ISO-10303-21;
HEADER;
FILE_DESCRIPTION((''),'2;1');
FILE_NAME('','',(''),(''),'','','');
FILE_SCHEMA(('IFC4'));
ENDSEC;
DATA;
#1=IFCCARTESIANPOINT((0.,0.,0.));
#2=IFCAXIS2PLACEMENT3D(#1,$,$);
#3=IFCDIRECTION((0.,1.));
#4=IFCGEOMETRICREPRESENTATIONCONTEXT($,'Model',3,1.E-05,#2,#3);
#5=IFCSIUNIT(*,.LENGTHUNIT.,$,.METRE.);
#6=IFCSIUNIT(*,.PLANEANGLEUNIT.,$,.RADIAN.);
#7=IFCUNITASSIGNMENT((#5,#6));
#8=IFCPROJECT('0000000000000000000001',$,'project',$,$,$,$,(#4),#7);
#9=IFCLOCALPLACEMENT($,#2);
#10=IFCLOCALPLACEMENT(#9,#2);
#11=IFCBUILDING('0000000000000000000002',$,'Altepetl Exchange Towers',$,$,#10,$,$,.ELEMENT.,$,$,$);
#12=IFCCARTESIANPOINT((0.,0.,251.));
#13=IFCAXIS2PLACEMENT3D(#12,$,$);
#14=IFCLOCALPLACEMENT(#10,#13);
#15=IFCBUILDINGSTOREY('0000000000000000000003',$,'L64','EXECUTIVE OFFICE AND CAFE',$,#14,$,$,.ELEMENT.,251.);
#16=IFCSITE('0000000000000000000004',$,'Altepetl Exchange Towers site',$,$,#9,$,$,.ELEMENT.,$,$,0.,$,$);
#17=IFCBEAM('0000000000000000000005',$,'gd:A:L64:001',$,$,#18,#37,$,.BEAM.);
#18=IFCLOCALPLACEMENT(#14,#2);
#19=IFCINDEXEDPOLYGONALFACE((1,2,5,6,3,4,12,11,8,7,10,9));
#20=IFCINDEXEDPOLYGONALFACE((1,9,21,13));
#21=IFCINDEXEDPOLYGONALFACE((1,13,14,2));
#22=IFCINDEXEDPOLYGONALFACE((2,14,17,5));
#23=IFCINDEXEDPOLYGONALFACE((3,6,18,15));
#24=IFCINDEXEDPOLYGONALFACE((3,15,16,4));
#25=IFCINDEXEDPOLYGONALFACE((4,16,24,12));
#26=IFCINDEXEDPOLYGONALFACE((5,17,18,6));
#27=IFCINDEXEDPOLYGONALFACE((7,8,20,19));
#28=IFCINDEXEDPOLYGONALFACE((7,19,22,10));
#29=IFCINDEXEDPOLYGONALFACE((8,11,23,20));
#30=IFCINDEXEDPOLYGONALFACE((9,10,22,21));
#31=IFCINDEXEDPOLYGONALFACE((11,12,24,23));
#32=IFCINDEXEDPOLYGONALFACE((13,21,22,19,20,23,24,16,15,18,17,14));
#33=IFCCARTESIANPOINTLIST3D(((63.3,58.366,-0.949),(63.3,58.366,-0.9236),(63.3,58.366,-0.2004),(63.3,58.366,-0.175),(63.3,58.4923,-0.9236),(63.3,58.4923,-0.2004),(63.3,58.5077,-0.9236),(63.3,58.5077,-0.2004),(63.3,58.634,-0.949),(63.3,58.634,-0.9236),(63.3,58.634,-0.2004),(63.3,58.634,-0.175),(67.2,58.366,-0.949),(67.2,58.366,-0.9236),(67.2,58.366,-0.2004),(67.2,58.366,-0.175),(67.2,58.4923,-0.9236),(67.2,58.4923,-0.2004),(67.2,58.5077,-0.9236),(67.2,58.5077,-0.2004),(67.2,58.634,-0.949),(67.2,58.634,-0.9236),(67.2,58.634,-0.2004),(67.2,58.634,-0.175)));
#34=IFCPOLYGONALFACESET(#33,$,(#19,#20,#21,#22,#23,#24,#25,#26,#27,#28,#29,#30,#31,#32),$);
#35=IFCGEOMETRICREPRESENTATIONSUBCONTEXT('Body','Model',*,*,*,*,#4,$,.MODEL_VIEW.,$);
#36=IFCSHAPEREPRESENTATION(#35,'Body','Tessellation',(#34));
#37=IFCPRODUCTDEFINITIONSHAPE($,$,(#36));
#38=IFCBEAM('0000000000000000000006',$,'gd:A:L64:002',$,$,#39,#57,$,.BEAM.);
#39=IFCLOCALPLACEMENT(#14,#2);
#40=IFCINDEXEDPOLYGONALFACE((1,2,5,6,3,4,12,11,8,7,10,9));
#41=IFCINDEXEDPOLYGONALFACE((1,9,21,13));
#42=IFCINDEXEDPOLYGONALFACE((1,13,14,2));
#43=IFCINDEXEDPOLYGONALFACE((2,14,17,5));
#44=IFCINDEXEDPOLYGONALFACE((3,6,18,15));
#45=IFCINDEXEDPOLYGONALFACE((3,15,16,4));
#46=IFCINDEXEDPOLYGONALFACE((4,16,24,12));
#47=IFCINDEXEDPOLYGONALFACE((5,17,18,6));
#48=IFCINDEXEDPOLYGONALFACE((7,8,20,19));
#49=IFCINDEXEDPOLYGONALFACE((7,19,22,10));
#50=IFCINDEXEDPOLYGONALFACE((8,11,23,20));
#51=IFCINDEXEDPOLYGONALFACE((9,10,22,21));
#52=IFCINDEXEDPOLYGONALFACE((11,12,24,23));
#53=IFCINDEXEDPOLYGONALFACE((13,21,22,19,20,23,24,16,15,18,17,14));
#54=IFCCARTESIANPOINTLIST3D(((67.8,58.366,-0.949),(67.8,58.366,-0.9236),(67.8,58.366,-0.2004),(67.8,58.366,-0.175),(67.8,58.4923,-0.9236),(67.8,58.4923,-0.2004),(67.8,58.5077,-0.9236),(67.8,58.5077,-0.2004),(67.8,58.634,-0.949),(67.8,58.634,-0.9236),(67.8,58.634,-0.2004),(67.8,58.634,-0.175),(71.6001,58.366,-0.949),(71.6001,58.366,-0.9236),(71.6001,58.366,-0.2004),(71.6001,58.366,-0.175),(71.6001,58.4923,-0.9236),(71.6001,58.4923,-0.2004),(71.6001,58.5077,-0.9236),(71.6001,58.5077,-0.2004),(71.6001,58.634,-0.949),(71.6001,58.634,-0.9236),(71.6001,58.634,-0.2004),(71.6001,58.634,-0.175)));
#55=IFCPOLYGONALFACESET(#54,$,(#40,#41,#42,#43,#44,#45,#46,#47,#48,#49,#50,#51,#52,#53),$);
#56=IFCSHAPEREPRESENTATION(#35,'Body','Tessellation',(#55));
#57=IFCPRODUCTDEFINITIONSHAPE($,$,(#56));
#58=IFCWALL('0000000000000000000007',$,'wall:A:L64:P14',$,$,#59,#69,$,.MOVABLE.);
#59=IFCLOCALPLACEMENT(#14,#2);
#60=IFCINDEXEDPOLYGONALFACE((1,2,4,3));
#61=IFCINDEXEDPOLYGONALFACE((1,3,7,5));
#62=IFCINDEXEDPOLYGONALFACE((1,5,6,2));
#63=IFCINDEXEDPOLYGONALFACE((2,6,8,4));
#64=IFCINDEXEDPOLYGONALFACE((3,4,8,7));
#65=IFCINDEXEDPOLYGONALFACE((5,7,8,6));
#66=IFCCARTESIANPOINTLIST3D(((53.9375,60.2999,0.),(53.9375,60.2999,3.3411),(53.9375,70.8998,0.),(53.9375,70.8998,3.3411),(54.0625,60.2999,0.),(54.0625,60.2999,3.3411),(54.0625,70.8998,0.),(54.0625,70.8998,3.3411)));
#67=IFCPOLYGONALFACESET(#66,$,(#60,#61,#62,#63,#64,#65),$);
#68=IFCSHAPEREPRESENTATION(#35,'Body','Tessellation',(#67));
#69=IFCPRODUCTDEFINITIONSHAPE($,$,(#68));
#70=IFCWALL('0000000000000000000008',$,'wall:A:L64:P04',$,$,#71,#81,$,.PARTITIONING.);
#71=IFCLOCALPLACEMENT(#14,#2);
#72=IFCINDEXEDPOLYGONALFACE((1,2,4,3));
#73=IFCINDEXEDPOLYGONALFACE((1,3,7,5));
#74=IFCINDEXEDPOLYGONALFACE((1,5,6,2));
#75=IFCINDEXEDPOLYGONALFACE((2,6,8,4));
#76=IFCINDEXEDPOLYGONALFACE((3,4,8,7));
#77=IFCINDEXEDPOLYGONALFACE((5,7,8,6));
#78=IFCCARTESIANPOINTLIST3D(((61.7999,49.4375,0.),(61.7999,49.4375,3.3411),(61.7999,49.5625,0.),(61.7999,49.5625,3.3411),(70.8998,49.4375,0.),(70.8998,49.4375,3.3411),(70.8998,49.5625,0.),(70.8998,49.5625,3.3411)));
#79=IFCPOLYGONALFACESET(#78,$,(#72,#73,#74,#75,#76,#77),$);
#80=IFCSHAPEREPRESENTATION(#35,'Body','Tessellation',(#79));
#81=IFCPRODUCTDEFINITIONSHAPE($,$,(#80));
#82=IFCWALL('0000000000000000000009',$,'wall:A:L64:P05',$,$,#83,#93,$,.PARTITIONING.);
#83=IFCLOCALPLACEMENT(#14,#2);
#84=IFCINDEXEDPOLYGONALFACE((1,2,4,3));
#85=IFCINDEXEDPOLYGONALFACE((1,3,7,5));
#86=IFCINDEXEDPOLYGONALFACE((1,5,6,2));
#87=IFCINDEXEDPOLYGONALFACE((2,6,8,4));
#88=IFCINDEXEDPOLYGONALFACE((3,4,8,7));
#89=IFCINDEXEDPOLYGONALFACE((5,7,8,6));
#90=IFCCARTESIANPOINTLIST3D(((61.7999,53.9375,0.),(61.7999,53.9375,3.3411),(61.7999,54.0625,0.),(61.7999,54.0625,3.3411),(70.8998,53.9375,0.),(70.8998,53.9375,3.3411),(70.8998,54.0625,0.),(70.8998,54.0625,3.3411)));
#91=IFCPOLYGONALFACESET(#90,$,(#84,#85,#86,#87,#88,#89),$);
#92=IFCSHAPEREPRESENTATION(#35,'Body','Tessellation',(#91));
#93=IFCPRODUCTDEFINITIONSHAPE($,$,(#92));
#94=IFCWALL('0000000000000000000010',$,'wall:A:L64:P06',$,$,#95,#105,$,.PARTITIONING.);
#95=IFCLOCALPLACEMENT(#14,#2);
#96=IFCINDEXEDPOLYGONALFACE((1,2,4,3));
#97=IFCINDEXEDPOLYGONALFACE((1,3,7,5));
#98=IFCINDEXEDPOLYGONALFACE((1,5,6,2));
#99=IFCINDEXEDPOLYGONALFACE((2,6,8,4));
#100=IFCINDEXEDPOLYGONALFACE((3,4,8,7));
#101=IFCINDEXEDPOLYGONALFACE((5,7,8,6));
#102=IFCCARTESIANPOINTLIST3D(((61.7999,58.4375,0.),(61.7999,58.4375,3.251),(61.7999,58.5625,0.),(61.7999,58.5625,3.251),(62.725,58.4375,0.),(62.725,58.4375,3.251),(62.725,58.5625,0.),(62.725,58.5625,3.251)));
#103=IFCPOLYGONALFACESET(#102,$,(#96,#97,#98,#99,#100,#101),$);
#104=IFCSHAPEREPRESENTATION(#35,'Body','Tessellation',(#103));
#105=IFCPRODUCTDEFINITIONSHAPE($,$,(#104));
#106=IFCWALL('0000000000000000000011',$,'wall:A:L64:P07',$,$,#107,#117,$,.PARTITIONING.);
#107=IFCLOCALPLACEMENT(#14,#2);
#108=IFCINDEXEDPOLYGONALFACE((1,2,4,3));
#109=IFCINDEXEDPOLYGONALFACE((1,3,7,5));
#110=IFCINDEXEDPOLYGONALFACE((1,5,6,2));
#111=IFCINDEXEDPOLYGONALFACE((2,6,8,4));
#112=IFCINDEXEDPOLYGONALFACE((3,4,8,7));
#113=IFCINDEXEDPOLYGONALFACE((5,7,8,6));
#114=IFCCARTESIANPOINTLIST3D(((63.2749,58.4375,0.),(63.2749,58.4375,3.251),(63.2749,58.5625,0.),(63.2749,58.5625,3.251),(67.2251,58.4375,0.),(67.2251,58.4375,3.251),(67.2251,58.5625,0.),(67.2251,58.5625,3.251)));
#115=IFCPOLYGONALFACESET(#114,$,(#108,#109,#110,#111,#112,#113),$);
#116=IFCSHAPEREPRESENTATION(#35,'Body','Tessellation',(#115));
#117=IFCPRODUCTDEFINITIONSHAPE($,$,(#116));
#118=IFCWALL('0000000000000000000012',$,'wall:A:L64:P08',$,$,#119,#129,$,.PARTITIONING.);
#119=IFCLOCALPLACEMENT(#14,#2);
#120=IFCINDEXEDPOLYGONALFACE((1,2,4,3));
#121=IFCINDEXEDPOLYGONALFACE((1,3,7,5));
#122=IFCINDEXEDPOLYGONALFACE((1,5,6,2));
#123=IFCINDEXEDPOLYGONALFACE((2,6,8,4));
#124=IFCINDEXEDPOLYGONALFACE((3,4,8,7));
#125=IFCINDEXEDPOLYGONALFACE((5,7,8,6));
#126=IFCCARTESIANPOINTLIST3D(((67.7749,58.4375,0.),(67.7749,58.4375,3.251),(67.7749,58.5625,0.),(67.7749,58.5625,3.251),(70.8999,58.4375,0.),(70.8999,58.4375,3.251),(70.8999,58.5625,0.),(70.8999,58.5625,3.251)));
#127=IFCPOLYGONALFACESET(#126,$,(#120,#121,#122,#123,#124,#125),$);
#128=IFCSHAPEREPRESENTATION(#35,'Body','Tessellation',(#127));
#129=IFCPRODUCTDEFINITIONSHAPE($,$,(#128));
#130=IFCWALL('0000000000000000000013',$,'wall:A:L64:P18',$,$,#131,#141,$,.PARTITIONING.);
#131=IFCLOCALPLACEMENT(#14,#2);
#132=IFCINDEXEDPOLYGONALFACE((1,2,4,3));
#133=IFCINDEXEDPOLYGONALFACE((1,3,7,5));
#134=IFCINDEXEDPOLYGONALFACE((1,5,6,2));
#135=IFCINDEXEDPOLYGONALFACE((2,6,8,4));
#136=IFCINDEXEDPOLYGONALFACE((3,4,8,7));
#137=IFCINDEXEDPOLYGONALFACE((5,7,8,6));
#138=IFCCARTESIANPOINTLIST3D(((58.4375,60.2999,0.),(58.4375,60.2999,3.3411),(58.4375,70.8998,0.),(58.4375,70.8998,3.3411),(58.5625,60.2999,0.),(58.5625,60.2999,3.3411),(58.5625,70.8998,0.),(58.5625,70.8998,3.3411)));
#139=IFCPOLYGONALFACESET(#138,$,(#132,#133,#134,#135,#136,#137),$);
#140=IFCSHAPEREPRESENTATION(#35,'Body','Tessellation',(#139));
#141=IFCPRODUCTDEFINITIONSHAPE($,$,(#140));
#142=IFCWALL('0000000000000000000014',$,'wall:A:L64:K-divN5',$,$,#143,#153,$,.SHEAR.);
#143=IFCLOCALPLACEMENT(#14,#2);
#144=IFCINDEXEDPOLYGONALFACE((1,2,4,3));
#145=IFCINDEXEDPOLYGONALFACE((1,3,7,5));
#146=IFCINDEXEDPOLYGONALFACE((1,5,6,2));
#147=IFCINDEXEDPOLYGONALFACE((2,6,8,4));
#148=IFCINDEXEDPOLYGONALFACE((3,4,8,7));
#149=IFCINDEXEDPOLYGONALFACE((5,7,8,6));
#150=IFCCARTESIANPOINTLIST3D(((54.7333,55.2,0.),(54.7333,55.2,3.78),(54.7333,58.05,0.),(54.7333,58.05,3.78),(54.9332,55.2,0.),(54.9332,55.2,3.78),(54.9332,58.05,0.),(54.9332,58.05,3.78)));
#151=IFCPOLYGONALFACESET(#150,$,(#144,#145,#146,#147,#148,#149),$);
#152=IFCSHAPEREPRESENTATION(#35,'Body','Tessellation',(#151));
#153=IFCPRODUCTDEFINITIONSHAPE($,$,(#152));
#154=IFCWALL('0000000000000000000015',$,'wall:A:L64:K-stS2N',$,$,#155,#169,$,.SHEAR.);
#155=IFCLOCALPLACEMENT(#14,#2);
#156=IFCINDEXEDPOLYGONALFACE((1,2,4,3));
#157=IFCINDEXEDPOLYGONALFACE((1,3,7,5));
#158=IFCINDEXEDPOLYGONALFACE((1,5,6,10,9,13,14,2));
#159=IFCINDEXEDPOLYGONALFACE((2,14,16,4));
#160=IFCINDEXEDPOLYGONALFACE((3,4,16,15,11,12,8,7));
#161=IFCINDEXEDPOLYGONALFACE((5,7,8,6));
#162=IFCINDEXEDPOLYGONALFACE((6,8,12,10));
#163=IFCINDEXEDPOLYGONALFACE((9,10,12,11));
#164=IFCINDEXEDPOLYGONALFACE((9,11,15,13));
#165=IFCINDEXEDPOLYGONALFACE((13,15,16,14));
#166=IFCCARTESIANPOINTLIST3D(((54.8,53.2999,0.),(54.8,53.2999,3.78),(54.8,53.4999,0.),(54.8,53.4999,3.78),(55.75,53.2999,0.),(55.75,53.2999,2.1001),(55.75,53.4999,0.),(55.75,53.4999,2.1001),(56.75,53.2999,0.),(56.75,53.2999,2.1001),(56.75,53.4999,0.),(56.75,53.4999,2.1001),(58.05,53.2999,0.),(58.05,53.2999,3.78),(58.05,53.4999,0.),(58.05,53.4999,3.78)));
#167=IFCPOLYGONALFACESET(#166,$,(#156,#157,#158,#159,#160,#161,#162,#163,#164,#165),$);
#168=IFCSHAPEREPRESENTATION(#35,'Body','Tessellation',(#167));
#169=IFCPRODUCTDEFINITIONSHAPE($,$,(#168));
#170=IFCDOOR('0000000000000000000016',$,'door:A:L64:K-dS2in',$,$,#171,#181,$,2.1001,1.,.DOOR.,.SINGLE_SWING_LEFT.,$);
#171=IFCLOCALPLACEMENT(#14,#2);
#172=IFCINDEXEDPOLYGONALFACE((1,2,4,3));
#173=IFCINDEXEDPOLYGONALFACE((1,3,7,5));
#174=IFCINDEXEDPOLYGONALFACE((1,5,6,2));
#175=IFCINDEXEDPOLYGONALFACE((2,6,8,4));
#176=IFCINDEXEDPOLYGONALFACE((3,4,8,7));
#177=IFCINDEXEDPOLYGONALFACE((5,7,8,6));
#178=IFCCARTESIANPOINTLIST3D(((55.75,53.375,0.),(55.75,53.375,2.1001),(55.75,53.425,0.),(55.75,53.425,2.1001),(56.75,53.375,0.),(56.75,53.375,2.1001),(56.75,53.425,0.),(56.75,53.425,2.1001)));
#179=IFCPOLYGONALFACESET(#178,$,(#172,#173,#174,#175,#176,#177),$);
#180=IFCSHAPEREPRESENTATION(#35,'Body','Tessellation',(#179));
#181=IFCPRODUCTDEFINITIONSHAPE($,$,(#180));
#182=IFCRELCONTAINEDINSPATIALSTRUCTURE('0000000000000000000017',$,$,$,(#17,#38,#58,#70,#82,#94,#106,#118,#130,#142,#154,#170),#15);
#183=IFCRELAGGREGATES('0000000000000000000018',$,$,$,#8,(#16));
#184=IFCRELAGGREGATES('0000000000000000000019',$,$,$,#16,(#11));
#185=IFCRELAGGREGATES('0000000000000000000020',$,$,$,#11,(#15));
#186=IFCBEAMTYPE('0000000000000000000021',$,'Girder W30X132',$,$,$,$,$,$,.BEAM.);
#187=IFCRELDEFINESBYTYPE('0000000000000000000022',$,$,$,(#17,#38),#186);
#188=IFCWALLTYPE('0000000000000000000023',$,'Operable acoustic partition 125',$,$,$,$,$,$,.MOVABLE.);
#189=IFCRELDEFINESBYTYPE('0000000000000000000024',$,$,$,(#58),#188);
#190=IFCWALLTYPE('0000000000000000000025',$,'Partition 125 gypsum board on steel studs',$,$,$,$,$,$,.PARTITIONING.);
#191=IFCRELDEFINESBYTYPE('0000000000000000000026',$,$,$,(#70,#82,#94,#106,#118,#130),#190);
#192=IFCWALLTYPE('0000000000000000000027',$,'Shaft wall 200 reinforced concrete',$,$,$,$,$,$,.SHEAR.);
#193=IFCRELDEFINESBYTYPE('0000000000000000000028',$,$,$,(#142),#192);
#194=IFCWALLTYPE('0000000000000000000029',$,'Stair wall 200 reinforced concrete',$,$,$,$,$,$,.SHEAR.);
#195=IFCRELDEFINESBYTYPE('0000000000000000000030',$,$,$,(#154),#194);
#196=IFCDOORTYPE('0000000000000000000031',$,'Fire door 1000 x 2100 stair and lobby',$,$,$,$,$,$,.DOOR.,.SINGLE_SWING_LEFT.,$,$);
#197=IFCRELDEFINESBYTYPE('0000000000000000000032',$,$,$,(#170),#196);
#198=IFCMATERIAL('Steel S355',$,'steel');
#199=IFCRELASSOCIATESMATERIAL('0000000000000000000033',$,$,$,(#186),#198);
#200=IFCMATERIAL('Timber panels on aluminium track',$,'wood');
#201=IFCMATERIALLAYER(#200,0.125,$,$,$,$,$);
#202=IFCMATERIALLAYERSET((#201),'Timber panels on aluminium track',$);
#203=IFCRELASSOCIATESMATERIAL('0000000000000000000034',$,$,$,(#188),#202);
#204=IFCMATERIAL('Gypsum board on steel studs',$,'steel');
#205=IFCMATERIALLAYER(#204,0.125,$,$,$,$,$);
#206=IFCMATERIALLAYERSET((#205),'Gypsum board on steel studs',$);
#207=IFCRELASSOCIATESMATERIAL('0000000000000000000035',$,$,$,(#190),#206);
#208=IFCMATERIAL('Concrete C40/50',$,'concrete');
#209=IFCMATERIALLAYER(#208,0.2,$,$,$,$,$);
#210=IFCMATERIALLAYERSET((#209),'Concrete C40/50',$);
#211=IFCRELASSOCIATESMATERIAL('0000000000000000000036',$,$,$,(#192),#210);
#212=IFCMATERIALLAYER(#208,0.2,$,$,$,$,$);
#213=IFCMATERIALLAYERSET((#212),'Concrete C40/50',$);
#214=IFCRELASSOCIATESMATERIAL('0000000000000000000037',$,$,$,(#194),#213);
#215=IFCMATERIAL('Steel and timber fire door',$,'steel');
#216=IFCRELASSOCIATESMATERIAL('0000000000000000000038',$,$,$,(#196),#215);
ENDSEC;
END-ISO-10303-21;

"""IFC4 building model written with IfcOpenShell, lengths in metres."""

from ifc_helpers import new_model, si_unit, direction, frame, frame_2d, origin, origin_2d, place, context, subcontext, project, spatial, rectangle, i_section, extrude, material, layer, layer_set, material_profile, profile_set, type_object, element, fill, save


model = new_model("IFC4")

# Units and contexts
model_context = context("Model", 3, precision=1e-05, world=origin(), true_north=direction((0.0, 1.0)))
body_context = subcontext(model_context, "Body", "Model", "MODEL_VIEW")
ifc_project = project(units=[si_unit("LENGTHUNIT", "METRE"), si_unit("PLANEANGLEUNIT", "RADIAN")], contexts=[model_context])

# Site, building, storey
site_placement = place(None, origin())
site = spatial("IfcSite", under=ifc_project, at=site_placement, Name="Altepetl Exchange Towers site", CompositionType="ELEMENT", RefElevation=0.0)
building_placement = place(site_placement, origin())
building = spatial("IfcBuilding", under=site, at=building_placement, Name="Altepetl Exchange Towers", CompositionType="ELEMENT")
storey_placement = place(building_placement, frame((0.0, 0.0, 251.0)))
storey = spatial("IfcBuildingStorey", under=building, at=storey_placement, Name="L64", Description="EXECUTIVE OFFICE AND CAFE", CompositionType="ELEMENT", Elevation=251.0)

# Beams
ifc_material_1 = material(Name="Steel S355", Category="steel")
ifc_material_profile_1 = material_profile(ifc_material_1, i_section(OverallWidth=0.2681, OverallDepth=0.7739, WebThickness=0.0154, FlangeThickness=0.0254, at=origin_2d()), Name="W30X132")
ifc_profile_set_1 = profile_set([ifc_material_profile_1], Name="Steel S355")
beam_type_1 = type_object("IfcBeamType", Name="Girder W30X132", PredefinedType="BEAM", material=ifc_profile_set_1)
beam_1_placement = place(storey_placement, frame((63.3, 58.5, -0.562), z_axis=(1.0, 0.0, 0.0), x_axis=(0.0, 1.0, 0.0)))
element("IfcBeam", 1, at=beam_1_placement, inside=storey, type_object=beam_type_1, Name="gd:A:L64:001", PredefinedType="BEAM", context=body_context, shape_type="SweptSolid", body=[
    extrude(i_section(OverallWidth=0.2681, OverallDepth=0.7739, WebThickness=0.0154, FlangeThickness=0.0254, at=origin_2d()), origin(), (0.0, 0.0, 1.0), 3.8999),
])
beam_2_placement = place(storey_placement, frame((67.8, 58.5, -0.562), z_axis=(1.0, 0.0, 0.0), x_axis=(0.0, 1.0, 0.0)))
element("IfcBeam", 2, at=beam_2_placement, inside=storey, type_object=beam_type_1, Name="gd:A:L64:002", PredefinedType="BEAM", context=body_context, shape_type="SweptSolid", body=[
    extrude(i_section(OverallWidth=0.2681, OverallDepth=0.7739, WebThickness=0.0154, FlangeThickness=0.0254, at=origin_2d()), origin(), (0.0, 0.0, 1.0), 3.8),
])

# Walls
ifc_material_2 = material(Name="Timber panels on aluminium track", Category="wood")
ifc_layer_1 = layer(ifc_material_2, 0.125)
ifc_layer_set_1 = layer_set([ifc_layer_1], Name="Timber panels on aluminium track")
wall_type_1 = type_object("IfcWallType", Name="Operable acoustic partition 125", PredefinedType="MOVABLE", material=ifc_layer_set_1)
wall_1_placement = place(storey_placement, frame((54.0, 60.3, 0.0), z_axis=(0.0, 0.0, 1.0), x_axis=(0.0, 1.0, 0.0)))
element("IfcWall", 3, at=wall_1_placement, inside=storey, type_object=wall_type_1, Name="wall:A:L64:P14", PredefinedType="MOVABLE", context=body_context, shape_type="SweptSolid", body=[
    extrude(rectangle(XDim=10.5999, YDim=0.125, at=frame_2d((5.2998, 0.0))), origin(), (0.0, 0.0, 1.0), 3.3411),
])
ifc_material_3 = material(Name="Gypsum board on steel studs", Category="steel")
ifc_layer_2 = layer(ifc_material_3, 0.125)
ifc_layer_set_2 = layer_set([ifc_layer_2], Name="Gypsum board on steel studs")
wall_type_2 = type_object("IfcWallType", Name="Partition 125 gypsum board on steel studs", PredefinedType="PARTITIONING", material=ifc_layer_set_2)
for number, where, name in (
    (4, (61.8, 49.5, 0.0), "wall:A:L64:P04"),
    (5, (61.8, 54.0, 0.0), "wall:A:L64:P05"),
):
    element("IfcWall", number, at=place(storey_placement, frame(where)), inside=storey, type_object=wall_type_2, Name=name, PredefinedType="PARTITIONING", context=body_context, shape_type="SweptSolid", body=[
        extrude(rectangle(XDim=9.0999, YDim=0.125, at=frame_2d((4.5498, 0.0))), origin(), (0.0, 0.0, 1.0), 3.3411),
    ])
wall_2_placement = place(storey_placement, frame((61.8, 58.5, 0.0)))
element("IfcWall", 6, at=wall_2_placement, inside=storey, type_object=wall_type_2, Name="wall:A:L64:P06", PredefinedType="PARTITIONING", context=body_context, shape_type="SweptSolid", body=[
    extrude(rectangle(XDim=0.925, YDim=0.125, at=frame_2d((0.4624, 0.0))), origin(), (0.0, 0.0, 1.0), 3.251),
])
wall_3_placement = place(storey_placement, frame((63.2749, 58.5, 0.0)))
element("IfcWall", 7, at=wall_3_placement, inside=storey, type_object=wall_type_2, Name="wall:A:L64:P07", PredefinedType="PARTITIONING", context=body_context, shape_type="SweptSolid", body=[
    extrude(rectangle(XDim=3.9502, YDim=0.125, at=frame_2d((1.9751, 0.0))), origin(), (0.0, 0.0, 1.0), 3.251),
])
wall_4_placement = place(storey_placement, frame((67.7749, 58.5, 0.0)))
element("IfcWall", 8, at=wall_4_placement, inside=storey, type_object=wall_type_2, Name="wall:A:L64:P08", PredefinedType="PARTITIONING", context=body_context, shape_type="SweptSolid", body=[
    extrude(rectangle(XDim=3.125, YDim=0.125, at=frame_2d((1.5625, 0.0))), origin(), (0.0, 0.0, 1.0), 3.251),
])
wall_5_placement = place(storey_placement, frame((58.5, 60.3, 0.0), z_axis=(0.0, 0.0, 1.0), x_axis=(0.0, 1.0, 0.0)))
element("IfcWall", 9, at=wall_5_placement, inside=storey, type_object=wall_type_2, Name="wall:A:L64:P18", PredefinedType="PARTITIONING", context=body_context, shape_type="SweptSolid", body=[
    extrude(rectangle(XDim=10.5999, YDim=0.125, at=frame_2d((5.2998, 0.0))), origin(), (0.0, 0.0, 1.0), 3.3411),
])
ifc_material_4 = material(Name="Concrete C40/50", Category="concrete")
ifc_layer_3 = layer(ifc_material_4, 0.2)
ifc_layer_set_3 = layer_set([ifc_layer_3], Name="Concrete C40/50")
wall_type_3 = type_object("IfcWallType", Name="Shaft wall 200 reinforced concrete", PredefinedType="SHEAR", material=ifc_layer_set_3)
wall_6_placement = place(storey_placement, frame((54.8333, 58.05, 0.0), z_axis=(0.0, 0.0, 1.0), x_axis=(0.0, -1.0, 0.0)))
element("IfcWall", 10, at=wall_6_placement, inside=storey, type_object=wall_type_3, Name="wall:A:L64:K-divN5", PredefinedType="SHEAR", context=body_context, shape_type="SweptSolid", body=[
    extrude(rectangle(XDim=2.8501, YDim=0.2, at=frame_2d((1.425, 0.0))), origin(), (0.0, 0.0, 1.0), 3.78),
])

# Wall, opening, door
ifc_layer_4 = layer(ifc_material_4, 0.2)
ifc_layer_set_4 = layer_set([ifc_layer_4], Name="Concrete C40/50")
wall_type_4 = type_object("IfcWallType", Name="Stair wall 200 reinforced concrete", PredefinedType="SHEAR", material=ifc_layer_set_4)
wall_7_placement = place(storey_placement, frame((54.8, 53.3999, 0.0)))
wall_7 = element("IfcWall", 11, at=wall_7_placement, inside=storey, type_object=wall_type_4, Name="wall:A:L64:K-stS2N", PredefinedType="SHEAR", context=body_context, shape_type="SweptSolid", body=[
    extrude(rectangle(XDim=3.25, YDim=0.2, at=frame_2d((1.625, 0.0))), origin(), (0.0, 0.0, 1.0), 3.78),
])
opening_placement = place(wall_7_placement, frame((0.95, 0.0, 0.0)))
opening = element("IfcOpeningElement", 12, at=opening_placement, cuts=wall_7, PredefinedType="OPENING", context=body_context, shape_type="SweptSolid", body=[
    extrude(rectangle(XDim=1.0, YDim=2.1001, at=frame_2d((0.5, 1.05))), frame((0.0, 0.1099, 0.0), z_axis=(0.0, -1.0, 0.0), x_axis=(1.0, 0.0, 0.0)), (0.0, 0.0, 1.0), 0.22),
])
ifc_material_5 = material(Name="Steel and timber fire door", Category="steel")
door_type = type_object("IfcDoorType", Name="Fire door 1000 x 2100 stair and lobby", OperationType="SINGLE_SWING_LEFT", PredefinedType="DOOR", material=ifc_material_5)
door_placement = place(opening_placement, frame((1.0, 0.0, 0.0), x_axis=(-1.0, 0.0, 0.0)))
door = element("IfcDoor", 13, at=door_placement, inside=storey, type_object=door_type, Name="door:A:L64:K-dS2in", OperationType="SINGLE_SWING_LEFT", OverallHeight=2.1001, OverallWidth=1.0, PredefinedType="DOOR", context=body_context, shape_type="SweptSolid", body=[
    extrude(rectangle(XDim=1.0, YDim=2.1001, at=frame_2d((0.5, 1.05))), frame((0.0, 0.0249, 0.0), z_axis=(0.0, -1.0, 0.0), x_axis=(1.0, 0.0, 0.0)), (0.0, 0.0, 1.0), 0.05),
])
fill(opening, door)

save(model, "model.ifc")
